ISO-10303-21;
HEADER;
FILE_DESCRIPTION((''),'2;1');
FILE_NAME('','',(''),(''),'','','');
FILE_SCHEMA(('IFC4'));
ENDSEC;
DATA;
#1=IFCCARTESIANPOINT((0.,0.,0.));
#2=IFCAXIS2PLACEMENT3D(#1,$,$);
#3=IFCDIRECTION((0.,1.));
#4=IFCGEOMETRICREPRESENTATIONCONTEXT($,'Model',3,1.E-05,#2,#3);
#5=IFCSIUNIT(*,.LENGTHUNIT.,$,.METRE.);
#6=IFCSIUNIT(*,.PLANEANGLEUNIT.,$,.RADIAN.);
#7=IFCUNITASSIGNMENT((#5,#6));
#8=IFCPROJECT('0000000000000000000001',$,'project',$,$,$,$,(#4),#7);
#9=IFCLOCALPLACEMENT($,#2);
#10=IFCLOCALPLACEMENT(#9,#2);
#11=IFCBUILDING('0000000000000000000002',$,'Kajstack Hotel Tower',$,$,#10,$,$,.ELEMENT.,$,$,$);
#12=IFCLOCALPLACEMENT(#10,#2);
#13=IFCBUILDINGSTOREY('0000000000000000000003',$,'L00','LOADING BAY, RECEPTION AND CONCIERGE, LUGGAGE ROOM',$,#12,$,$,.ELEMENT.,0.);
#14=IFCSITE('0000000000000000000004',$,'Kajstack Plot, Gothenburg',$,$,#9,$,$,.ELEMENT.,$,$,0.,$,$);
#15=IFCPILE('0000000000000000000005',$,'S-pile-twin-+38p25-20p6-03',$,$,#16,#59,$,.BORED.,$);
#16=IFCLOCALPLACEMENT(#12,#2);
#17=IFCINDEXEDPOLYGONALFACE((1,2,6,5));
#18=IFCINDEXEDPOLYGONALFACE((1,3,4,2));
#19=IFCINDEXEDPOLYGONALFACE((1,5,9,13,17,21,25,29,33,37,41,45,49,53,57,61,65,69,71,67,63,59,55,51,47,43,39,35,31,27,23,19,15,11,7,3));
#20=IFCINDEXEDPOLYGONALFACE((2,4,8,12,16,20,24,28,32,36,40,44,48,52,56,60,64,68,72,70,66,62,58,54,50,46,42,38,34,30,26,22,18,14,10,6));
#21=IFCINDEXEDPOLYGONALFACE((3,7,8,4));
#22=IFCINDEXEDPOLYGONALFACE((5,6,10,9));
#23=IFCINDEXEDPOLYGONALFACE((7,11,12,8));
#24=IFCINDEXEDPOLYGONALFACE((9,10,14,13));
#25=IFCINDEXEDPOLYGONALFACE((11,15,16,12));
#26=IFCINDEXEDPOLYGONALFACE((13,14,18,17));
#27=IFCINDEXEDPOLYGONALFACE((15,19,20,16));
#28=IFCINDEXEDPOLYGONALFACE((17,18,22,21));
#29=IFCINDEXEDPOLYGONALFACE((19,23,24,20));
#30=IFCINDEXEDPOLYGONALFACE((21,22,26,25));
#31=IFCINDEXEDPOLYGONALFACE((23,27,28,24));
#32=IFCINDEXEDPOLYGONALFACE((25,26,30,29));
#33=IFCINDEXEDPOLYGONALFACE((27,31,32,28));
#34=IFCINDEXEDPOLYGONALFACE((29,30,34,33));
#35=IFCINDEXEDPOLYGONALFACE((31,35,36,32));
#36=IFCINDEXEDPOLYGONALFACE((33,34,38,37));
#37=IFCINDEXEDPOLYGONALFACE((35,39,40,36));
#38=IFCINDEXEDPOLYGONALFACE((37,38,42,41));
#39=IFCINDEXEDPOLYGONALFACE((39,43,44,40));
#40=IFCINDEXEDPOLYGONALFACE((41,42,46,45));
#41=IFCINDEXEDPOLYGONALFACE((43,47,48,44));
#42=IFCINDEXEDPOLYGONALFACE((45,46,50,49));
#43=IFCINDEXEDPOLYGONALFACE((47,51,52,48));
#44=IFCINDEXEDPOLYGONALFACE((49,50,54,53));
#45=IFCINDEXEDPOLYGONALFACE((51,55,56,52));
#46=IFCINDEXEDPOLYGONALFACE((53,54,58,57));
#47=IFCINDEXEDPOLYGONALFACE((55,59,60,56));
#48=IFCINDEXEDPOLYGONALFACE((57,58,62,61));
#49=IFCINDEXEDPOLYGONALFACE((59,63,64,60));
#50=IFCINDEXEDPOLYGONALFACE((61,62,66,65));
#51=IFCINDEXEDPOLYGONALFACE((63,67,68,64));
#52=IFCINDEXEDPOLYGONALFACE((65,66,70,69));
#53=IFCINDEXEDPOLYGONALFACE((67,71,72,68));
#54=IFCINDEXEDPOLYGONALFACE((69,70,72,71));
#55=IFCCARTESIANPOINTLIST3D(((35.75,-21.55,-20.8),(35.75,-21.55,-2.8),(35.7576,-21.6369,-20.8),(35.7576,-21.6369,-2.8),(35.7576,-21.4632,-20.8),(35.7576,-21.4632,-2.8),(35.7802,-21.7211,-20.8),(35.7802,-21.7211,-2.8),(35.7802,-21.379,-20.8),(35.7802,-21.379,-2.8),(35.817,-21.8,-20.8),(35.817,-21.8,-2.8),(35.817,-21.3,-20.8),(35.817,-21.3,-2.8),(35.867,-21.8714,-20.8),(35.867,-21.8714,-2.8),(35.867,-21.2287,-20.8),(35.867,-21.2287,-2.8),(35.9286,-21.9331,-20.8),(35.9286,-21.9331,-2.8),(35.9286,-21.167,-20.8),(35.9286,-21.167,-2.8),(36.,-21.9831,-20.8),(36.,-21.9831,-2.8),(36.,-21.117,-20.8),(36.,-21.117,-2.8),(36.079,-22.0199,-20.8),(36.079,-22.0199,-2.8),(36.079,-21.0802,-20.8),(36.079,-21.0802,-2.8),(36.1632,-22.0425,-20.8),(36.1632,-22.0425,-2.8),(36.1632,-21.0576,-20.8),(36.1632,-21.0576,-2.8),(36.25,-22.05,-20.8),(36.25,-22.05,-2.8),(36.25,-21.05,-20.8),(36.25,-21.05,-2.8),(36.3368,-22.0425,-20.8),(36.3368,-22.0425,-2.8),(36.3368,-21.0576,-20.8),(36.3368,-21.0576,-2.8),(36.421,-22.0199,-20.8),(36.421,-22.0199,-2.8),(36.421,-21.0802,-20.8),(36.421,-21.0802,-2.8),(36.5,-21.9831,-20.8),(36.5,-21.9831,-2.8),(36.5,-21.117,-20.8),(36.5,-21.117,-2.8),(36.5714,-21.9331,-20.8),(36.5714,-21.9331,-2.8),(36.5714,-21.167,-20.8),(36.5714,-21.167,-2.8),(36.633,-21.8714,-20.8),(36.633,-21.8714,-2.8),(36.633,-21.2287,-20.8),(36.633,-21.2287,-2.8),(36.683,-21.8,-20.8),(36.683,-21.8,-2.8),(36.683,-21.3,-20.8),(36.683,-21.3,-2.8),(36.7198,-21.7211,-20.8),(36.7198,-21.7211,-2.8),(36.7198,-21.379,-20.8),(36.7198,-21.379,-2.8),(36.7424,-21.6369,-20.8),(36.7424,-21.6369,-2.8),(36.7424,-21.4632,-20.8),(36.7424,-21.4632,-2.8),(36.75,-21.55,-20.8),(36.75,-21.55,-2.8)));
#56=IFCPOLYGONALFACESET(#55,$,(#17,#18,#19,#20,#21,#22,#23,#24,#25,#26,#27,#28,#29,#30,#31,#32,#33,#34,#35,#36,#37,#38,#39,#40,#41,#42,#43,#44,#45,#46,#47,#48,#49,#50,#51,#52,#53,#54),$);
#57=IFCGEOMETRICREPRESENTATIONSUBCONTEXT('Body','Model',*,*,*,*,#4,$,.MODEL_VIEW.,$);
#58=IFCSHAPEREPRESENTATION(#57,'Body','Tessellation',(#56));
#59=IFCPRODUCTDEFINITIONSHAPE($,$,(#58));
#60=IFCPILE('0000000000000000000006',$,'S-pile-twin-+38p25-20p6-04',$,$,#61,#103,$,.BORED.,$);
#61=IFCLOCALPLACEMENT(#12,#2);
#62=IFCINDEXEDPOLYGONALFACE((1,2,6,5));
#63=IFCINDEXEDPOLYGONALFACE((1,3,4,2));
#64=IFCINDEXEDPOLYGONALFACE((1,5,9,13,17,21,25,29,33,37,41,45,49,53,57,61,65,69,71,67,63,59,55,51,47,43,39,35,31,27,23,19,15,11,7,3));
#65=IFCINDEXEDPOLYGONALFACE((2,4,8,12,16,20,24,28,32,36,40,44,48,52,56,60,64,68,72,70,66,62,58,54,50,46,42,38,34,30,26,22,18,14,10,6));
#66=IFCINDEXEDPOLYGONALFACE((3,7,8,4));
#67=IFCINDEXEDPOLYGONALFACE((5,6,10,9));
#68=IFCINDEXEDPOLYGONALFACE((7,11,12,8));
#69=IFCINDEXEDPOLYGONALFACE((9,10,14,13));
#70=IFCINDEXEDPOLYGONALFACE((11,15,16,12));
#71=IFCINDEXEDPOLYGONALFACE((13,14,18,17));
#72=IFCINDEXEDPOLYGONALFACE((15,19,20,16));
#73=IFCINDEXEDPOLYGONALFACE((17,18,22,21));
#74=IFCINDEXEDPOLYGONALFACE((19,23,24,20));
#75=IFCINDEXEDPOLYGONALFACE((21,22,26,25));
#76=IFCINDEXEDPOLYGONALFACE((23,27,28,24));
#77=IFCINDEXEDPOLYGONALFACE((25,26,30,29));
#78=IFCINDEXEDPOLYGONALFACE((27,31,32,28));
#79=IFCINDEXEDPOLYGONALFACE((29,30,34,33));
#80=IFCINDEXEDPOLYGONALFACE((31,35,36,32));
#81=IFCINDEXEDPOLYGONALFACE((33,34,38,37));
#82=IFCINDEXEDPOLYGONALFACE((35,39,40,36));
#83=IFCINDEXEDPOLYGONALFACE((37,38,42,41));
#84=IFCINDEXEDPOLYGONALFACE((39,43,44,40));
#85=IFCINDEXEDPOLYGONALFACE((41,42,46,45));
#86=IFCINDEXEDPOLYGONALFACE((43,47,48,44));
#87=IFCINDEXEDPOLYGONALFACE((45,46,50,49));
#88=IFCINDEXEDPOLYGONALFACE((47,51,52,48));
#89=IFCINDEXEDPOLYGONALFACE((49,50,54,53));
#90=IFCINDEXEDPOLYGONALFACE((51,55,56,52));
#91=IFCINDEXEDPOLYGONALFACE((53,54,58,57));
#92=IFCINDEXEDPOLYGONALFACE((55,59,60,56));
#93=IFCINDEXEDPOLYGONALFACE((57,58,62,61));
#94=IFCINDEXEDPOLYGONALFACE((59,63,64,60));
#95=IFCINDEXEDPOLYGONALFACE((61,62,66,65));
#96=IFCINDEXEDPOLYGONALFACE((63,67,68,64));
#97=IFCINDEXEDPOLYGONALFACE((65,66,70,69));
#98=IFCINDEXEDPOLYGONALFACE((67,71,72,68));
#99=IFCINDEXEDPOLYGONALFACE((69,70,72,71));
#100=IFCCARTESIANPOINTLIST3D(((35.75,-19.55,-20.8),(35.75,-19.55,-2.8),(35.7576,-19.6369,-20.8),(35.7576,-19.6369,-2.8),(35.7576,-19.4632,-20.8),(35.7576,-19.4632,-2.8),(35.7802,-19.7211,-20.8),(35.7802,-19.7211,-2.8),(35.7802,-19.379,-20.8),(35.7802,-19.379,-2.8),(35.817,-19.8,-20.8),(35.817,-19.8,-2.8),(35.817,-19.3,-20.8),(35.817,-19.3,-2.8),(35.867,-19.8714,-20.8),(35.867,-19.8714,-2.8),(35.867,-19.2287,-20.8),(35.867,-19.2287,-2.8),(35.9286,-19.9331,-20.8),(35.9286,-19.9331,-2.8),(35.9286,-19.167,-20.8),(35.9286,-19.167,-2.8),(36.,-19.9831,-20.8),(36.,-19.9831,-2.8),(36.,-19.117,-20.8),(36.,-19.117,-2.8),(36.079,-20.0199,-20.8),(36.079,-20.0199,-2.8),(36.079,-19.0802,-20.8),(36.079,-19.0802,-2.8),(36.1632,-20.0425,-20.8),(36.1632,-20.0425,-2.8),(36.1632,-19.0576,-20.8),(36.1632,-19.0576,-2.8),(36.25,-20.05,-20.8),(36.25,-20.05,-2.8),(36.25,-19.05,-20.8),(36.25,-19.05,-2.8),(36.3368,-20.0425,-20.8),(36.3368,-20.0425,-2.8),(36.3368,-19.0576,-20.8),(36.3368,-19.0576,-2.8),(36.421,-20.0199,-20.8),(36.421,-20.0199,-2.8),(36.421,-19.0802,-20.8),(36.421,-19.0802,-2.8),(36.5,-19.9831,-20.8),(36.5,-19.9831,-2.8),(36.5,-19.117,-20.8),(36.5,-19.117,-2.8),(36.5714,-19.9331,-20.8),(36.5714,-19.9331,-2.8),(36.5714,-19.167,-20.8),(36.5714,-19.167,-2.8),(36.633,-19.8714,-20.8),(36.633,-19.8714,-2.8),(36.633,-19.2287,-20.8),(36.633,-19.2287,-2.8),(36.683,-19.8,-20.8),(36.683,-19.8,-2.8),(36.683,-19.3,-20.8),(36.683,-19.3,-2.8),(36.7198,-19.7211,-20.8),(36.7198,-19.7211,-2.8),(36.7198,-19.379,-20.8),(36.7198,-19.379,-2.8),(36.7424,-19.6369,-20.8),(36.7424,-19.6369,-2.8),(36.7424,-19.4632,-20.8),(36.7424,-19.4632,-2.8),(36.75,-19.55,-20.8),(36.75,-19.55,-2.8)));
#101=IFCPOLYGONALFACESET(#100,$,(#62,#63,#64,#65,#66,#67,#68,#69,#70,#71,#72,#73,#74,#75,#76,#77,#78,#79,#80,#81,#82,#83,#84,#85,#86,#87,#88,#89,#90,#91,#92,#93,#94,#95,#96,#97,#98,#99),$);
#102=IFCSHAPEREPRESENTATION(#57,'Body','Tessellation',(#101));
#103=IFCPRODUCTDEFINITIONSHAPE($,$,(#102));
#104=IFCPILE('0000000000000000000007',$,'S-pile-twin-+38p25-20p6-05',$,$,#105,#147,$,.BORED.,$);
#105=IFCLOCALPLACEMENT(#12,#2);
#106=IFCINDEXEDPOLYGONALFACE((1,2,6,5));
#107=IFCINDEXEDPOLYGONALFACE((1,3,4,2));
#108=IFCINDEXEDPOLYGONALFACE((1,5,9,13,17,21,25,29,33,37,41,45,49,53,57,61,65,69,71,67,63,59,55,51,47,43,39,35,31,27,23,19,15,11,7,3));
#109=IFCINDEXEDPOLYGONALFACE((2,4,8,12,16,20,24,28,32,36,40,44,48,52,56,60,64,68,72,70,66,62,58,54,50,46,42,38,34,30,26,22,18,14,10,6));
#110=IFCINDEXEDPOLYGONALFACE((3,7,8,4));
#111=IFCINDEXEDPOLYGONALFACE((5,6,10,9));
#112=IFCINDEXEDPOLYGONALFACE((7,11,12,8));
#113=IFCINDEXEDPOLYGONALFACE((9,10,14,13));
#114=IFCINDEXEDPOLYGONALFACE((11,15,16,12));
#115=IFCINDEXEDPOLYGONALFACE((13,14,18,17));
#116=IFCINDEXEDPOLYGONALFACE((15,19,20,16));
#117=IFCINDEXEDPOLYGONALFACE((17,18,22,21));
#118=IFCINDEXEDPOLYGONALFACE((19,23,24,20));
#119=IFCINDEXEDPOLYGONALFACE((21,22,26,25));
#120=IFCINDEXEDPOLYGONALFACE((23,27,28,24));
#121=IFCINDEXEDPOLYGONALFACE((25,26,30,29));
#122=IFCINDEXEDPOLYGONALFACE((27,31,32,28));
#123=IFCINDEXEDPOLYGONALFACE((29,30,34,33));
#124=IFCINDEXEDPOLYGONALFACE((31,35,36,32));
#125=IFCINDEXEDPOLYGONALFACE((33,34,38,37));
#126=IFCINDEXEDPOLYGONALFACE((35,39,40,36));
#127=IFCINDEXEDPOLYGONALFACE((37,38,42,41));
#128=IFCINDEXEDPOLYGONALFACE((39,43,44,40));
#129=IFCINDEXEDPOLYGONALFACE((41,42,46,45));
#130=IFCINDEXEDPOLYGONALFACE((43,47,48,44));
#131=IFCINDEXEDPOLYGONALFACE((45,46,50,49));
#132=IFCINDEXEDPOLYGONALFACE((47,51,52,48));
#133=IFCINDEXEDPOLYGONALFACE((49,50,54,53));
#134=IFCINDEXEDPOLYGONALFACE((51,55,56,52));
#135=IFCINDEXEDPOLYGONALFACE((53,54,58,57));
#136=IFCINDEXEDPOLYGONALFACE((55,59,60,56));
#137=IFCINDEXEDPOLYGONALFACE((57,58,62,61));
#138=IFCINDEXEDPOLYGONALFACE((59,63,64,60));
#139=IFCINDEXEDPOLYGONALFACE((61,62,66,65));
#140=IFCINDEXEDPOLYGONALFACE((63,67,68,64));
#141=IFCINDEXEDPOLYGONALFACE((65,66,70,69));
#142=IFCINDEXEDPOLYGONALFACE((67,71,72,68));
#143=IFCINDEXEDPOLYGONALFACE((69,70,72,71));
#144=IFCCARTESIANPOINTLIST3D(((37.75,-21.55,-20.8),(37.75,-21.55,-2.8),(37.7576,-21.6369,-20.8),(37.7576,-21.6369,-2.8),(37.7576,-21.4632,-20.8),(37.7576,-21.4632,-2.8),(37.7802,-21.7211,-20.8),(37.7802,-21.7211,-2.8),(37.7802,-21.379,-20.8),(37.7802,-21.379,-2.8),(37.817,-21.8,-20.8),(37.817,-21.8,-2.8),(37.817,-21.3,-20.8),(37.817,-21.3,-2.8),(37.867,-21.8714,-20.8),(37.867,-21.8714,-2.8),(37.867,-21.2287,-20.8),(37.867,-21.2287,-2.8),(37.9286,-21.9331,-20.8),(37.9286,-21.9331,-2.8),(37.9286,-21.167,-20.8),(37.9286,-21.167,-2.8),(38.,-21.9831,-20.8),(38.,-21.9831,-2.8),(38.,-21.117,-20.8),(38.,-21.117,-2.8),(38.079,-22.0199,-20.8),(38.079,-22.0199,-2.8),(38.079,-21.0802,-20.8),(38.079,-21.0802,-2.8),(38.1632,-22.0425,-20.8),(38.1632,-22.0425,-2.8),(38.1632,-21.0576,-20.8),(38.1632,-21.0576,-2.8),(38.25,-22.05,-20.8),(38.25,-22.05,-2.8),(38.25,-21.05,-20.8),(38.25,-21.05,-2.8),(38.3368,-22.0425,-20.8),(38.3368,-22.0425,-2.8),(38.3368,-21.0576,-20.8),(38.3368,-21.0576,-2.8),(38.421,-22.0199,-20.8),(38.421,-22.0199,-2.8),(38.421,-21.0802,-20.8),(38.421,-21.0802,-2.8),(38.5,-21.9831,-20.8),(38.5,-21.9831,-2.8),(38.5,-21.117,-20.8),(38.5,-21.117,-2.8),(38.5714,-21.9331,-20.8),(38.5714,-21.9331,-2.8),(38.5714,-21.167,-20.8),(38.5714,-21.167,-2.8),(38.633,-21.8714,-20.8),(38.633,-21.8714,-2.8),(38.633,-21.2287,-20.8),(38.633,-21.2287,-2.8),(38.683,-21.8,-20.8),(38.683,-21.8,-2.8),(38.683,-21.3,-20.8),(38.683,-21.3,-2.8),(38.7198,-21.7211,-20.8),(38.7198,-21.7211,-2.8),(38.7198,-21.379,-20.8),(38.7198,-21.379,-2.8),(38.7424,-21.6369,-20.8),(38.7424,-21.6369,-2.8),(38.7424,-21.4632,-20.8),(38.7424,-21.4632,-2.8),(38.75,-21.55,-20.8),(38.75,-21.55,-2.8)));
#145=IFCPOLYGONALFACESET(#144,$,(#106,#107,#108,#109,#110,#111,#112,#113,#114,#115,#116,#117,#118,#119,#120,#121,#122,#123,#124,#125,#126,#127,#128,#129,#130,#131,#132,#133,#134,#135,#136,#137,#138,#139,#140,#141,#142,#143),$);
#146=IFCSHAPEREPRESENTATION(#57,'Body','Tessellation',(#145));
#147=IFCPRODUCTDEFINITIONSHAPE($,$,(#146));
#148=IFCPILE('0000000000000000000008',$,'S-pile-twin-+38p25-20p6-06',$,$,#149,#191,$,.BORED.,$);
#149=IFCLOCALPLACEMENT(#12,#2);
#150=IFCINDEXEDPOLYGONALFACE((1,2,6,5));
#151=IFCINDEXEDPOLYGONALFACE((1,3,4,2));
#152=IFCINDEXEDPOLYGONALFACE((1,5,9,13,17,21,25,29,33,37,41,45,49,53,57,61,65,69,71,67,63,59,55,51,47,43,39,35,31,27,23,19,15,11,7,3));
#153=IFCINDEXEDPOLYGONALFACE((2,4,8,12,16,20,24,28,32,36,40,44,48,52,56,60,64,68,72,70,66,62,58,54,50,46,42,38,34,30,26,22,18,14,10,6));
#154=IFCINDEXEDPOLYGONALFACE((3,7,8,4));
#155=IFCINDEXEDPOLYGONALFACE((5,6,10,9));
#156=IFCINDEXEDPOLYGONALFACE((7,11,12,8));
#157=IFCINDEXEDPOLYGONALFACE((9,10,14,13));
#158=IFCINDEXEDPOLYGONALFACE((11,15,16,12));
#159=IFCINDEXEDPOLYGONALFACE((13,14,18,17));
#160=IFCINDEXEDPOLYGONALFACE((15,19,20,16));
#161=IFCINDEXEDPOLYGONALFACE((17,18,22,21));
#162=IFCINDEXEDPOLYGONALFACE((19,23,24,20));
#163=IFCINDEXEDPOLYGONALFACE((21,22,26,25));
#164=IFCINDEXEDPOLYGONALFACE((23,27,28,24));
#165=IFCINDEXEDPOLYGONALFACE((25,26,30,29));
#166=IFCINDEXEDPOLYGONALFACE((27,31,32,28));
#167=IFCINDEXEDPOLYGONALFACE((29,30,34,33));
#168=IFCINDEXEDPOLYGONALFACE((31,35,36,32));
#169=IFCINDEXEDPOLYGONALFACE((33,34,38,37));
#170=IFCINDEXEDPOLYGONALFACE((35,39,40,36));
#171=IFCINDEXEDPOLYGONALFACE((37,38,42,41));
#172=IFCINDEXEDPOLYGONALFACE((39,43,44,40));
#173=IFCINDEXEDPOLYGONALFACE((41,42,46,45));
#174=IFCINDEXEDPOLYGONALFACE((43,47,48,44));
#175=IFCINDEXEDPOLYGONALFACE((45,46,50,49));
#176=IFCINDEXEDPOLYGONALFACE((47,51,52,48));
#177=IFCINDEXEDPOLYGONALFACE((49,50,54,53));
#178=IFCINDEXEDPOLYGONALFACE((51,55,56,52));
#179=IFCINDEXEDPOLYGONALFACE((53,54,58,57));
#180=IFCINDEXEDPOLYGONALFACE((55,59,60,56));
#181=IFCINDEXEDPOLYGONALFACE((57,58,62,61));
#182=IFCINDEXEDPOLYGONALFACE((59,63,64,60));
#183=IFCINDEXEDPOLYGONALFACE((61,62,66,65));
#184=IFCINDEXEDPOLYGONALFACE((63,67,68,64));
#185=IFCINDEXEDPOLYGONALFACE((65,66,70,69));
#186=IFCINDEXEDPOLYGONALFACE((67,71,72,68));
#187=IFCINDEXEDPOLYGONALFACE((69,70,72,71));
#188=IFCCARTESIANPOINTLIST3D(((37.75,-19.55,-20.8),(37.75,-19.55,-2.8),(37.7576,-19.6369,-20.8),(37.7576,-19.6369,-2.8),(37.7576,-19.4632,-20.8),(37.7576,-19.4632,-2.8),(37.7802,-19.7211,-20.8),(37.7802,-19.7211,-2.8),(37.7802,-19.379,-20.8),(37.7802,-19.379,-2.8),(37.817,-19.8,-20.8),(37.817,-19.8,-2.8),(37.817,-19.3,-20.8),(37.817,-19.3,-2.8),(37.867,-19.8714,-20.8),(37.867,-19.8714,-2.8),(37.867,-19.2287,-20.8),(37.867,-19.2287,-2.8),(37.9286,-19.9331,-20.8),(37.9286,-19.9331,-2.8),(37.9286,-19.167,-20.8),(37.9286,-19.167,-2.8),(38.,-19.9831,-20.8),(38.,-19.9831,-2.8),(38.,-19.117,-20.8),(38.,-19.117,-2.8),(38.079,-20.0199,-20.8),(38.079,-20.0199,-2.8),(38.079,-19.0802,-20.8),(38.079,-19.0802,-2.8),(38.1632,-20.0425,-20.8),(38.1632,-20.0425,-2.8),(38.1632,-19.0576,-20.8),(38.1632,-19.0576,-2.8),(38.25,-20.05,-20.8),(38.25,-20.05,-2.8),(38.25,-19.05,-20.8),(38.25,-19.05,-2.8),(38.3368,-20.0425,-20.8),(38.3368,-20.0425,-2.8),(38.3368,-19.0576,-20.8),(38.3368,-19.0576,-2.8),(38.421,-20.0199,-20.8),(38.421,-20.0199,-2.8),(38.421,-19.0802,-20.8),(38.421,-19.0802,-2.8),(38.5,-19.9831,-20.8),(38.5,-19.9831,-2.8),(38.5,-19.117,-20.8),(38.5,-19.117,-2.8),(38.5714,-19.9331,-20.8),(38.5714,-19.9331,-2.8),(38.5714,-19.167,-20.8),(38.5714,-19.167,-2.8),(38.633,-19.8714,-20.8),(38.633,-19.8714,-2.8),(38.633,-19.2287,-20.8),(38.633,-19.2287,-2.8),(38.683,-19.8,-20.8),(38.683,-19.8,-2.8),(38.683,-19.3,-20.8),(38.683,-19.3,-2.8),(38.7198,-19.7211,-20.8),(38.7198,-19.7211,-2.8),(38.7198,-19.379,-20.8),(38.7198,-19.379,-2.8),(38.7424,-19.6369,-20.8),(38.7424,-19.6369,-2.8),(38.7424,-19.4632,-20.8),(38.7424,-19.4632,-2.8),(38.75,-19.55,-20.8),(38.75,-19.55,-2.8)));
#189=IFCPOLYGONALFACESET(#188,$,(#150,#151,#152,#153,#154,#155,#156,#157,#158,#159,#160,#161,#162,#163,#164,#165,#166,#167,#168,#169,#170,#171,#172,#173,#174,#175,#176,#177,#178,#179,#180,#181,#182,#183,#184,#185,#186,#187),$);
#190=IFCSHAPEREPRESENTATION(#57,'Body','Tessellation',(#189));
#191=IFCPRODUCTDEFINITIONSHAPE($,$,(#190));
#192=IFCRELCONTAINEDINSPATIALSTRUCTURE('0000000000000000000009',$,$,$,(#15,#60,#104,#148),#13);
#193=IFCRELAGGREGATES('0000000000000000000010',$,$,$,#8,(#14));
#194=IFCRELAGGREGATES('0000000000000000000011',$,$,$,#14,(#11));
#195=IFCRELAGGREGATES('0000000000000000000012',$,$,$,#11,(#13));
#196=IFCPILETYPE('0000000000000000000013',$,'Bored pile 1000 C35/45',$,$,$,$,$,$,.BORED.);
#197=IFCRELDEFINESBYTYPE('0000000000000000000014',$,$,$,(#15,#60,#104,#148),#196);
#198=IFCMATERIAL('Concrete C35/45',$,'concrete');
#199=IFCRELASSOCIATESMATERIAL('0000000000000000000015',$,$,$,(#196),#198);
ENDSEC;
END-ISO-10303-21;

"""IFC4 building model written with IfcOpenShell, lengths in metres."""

from ifc_helpers import new_model, si_unit, direction, frame, origin, origin_2d, place, context, subcontext, project, spatial, circle, extrude, material, material_profile, profile_set, type_object, element, save


model = new_model("IFC4")

# Units and contexts
model_context = context("Model", 3, precision=1e-05, world=origin(), true_north=direction((0.0, 1.0)))
body_context = subcontext(model_context, "Body", "Model", "MODEL_VIEW")
ifc_project = project(units=[si_unit("LENGTHUNIT", "METRE"), si_unit("PLANEANGLEUNIT", "RADIAN")], contexts=[model_context])

# Site, building, storey
site_placement = place(None, origin())
site = spatial("IfcSite", under=ifc_project, at=site_placement, Name="Kajstack Plot, Gothenburg", CompositionType="ELEMENT", RefElevation=0.0)
building_placement = place(site_placement, origin())
building = spatial("IfcBuilding", under=site, at=building_placement, Name="Kajstack Hotel Tower", CompositionType="ELEMENT")
storey_placement = place(building_placement, origin())
storey = spatial("IfcBuildingStorey", under=building, at=storey_placement, Name="L00", Description="LOADING BAY, RECEPTION AND CONCIERGE, LUGGAGE ROOM", CompositionType="ELEMENT", Elevation=0.0)

# Piles
ifc_material_1 = material(Name="Concrete C35/45", Category="concrete")
ifc_material_profile_1 = material_profile(ifc_material_1, circle(Radius=0.5, at=origin_2d()), Name="RC round 1000")
ifc_profile_set_1 = profile_set([ifc_material_profile_1], Name="Concrete C35/45")
pile_type_1 = type_object("IfcPileType", Name="Bored pile 1000 C35/45", PredefinedType="BORED", material=ifc_profile_set_1)
for number, where, z_axis, x_axis, name in (
    (1, (36.25, -21.55, -2.8), (0.0, 0.0, -1.0), (1.0, 0.0, 0.0), "S-pile-twin-+38p25-20p6-03"),
    (2, (36.25, -19.55, -2.8), (0.0, 0.0, -1.0), (1.0, 0.0, 0.0), "S-pile-twin-+38p25-20p6-04"),
    (3, (38.25, -21.55, -2.8), (0.0, 0.0, -1.0), (1.0, 0.0, 0.0), "S-pile-twin-+38p25-20p6-05"),
    (4, (38.25, -19.55, -2.8), (0.0, 0.0, -1.0), (1.0, 0.0, 0.0), "S-pile-twin-+38p25-20p6-06"),
):
    element("IfcPile", number, at=place(storey_placement, frame(where, z_axis=z_axis, x_axis=x_axis)), inside=storey, type_object=pile_type_1, Name=name, PredefinedType="BORED", context=body_context, shape_type="SweptSolid", body=[
        extrude(circle(Radius=0.5, at=origin_2d()), origin(), (0.0, 0.0, 1.0), 18.0),
    ])

save(model, "model.ifc")
